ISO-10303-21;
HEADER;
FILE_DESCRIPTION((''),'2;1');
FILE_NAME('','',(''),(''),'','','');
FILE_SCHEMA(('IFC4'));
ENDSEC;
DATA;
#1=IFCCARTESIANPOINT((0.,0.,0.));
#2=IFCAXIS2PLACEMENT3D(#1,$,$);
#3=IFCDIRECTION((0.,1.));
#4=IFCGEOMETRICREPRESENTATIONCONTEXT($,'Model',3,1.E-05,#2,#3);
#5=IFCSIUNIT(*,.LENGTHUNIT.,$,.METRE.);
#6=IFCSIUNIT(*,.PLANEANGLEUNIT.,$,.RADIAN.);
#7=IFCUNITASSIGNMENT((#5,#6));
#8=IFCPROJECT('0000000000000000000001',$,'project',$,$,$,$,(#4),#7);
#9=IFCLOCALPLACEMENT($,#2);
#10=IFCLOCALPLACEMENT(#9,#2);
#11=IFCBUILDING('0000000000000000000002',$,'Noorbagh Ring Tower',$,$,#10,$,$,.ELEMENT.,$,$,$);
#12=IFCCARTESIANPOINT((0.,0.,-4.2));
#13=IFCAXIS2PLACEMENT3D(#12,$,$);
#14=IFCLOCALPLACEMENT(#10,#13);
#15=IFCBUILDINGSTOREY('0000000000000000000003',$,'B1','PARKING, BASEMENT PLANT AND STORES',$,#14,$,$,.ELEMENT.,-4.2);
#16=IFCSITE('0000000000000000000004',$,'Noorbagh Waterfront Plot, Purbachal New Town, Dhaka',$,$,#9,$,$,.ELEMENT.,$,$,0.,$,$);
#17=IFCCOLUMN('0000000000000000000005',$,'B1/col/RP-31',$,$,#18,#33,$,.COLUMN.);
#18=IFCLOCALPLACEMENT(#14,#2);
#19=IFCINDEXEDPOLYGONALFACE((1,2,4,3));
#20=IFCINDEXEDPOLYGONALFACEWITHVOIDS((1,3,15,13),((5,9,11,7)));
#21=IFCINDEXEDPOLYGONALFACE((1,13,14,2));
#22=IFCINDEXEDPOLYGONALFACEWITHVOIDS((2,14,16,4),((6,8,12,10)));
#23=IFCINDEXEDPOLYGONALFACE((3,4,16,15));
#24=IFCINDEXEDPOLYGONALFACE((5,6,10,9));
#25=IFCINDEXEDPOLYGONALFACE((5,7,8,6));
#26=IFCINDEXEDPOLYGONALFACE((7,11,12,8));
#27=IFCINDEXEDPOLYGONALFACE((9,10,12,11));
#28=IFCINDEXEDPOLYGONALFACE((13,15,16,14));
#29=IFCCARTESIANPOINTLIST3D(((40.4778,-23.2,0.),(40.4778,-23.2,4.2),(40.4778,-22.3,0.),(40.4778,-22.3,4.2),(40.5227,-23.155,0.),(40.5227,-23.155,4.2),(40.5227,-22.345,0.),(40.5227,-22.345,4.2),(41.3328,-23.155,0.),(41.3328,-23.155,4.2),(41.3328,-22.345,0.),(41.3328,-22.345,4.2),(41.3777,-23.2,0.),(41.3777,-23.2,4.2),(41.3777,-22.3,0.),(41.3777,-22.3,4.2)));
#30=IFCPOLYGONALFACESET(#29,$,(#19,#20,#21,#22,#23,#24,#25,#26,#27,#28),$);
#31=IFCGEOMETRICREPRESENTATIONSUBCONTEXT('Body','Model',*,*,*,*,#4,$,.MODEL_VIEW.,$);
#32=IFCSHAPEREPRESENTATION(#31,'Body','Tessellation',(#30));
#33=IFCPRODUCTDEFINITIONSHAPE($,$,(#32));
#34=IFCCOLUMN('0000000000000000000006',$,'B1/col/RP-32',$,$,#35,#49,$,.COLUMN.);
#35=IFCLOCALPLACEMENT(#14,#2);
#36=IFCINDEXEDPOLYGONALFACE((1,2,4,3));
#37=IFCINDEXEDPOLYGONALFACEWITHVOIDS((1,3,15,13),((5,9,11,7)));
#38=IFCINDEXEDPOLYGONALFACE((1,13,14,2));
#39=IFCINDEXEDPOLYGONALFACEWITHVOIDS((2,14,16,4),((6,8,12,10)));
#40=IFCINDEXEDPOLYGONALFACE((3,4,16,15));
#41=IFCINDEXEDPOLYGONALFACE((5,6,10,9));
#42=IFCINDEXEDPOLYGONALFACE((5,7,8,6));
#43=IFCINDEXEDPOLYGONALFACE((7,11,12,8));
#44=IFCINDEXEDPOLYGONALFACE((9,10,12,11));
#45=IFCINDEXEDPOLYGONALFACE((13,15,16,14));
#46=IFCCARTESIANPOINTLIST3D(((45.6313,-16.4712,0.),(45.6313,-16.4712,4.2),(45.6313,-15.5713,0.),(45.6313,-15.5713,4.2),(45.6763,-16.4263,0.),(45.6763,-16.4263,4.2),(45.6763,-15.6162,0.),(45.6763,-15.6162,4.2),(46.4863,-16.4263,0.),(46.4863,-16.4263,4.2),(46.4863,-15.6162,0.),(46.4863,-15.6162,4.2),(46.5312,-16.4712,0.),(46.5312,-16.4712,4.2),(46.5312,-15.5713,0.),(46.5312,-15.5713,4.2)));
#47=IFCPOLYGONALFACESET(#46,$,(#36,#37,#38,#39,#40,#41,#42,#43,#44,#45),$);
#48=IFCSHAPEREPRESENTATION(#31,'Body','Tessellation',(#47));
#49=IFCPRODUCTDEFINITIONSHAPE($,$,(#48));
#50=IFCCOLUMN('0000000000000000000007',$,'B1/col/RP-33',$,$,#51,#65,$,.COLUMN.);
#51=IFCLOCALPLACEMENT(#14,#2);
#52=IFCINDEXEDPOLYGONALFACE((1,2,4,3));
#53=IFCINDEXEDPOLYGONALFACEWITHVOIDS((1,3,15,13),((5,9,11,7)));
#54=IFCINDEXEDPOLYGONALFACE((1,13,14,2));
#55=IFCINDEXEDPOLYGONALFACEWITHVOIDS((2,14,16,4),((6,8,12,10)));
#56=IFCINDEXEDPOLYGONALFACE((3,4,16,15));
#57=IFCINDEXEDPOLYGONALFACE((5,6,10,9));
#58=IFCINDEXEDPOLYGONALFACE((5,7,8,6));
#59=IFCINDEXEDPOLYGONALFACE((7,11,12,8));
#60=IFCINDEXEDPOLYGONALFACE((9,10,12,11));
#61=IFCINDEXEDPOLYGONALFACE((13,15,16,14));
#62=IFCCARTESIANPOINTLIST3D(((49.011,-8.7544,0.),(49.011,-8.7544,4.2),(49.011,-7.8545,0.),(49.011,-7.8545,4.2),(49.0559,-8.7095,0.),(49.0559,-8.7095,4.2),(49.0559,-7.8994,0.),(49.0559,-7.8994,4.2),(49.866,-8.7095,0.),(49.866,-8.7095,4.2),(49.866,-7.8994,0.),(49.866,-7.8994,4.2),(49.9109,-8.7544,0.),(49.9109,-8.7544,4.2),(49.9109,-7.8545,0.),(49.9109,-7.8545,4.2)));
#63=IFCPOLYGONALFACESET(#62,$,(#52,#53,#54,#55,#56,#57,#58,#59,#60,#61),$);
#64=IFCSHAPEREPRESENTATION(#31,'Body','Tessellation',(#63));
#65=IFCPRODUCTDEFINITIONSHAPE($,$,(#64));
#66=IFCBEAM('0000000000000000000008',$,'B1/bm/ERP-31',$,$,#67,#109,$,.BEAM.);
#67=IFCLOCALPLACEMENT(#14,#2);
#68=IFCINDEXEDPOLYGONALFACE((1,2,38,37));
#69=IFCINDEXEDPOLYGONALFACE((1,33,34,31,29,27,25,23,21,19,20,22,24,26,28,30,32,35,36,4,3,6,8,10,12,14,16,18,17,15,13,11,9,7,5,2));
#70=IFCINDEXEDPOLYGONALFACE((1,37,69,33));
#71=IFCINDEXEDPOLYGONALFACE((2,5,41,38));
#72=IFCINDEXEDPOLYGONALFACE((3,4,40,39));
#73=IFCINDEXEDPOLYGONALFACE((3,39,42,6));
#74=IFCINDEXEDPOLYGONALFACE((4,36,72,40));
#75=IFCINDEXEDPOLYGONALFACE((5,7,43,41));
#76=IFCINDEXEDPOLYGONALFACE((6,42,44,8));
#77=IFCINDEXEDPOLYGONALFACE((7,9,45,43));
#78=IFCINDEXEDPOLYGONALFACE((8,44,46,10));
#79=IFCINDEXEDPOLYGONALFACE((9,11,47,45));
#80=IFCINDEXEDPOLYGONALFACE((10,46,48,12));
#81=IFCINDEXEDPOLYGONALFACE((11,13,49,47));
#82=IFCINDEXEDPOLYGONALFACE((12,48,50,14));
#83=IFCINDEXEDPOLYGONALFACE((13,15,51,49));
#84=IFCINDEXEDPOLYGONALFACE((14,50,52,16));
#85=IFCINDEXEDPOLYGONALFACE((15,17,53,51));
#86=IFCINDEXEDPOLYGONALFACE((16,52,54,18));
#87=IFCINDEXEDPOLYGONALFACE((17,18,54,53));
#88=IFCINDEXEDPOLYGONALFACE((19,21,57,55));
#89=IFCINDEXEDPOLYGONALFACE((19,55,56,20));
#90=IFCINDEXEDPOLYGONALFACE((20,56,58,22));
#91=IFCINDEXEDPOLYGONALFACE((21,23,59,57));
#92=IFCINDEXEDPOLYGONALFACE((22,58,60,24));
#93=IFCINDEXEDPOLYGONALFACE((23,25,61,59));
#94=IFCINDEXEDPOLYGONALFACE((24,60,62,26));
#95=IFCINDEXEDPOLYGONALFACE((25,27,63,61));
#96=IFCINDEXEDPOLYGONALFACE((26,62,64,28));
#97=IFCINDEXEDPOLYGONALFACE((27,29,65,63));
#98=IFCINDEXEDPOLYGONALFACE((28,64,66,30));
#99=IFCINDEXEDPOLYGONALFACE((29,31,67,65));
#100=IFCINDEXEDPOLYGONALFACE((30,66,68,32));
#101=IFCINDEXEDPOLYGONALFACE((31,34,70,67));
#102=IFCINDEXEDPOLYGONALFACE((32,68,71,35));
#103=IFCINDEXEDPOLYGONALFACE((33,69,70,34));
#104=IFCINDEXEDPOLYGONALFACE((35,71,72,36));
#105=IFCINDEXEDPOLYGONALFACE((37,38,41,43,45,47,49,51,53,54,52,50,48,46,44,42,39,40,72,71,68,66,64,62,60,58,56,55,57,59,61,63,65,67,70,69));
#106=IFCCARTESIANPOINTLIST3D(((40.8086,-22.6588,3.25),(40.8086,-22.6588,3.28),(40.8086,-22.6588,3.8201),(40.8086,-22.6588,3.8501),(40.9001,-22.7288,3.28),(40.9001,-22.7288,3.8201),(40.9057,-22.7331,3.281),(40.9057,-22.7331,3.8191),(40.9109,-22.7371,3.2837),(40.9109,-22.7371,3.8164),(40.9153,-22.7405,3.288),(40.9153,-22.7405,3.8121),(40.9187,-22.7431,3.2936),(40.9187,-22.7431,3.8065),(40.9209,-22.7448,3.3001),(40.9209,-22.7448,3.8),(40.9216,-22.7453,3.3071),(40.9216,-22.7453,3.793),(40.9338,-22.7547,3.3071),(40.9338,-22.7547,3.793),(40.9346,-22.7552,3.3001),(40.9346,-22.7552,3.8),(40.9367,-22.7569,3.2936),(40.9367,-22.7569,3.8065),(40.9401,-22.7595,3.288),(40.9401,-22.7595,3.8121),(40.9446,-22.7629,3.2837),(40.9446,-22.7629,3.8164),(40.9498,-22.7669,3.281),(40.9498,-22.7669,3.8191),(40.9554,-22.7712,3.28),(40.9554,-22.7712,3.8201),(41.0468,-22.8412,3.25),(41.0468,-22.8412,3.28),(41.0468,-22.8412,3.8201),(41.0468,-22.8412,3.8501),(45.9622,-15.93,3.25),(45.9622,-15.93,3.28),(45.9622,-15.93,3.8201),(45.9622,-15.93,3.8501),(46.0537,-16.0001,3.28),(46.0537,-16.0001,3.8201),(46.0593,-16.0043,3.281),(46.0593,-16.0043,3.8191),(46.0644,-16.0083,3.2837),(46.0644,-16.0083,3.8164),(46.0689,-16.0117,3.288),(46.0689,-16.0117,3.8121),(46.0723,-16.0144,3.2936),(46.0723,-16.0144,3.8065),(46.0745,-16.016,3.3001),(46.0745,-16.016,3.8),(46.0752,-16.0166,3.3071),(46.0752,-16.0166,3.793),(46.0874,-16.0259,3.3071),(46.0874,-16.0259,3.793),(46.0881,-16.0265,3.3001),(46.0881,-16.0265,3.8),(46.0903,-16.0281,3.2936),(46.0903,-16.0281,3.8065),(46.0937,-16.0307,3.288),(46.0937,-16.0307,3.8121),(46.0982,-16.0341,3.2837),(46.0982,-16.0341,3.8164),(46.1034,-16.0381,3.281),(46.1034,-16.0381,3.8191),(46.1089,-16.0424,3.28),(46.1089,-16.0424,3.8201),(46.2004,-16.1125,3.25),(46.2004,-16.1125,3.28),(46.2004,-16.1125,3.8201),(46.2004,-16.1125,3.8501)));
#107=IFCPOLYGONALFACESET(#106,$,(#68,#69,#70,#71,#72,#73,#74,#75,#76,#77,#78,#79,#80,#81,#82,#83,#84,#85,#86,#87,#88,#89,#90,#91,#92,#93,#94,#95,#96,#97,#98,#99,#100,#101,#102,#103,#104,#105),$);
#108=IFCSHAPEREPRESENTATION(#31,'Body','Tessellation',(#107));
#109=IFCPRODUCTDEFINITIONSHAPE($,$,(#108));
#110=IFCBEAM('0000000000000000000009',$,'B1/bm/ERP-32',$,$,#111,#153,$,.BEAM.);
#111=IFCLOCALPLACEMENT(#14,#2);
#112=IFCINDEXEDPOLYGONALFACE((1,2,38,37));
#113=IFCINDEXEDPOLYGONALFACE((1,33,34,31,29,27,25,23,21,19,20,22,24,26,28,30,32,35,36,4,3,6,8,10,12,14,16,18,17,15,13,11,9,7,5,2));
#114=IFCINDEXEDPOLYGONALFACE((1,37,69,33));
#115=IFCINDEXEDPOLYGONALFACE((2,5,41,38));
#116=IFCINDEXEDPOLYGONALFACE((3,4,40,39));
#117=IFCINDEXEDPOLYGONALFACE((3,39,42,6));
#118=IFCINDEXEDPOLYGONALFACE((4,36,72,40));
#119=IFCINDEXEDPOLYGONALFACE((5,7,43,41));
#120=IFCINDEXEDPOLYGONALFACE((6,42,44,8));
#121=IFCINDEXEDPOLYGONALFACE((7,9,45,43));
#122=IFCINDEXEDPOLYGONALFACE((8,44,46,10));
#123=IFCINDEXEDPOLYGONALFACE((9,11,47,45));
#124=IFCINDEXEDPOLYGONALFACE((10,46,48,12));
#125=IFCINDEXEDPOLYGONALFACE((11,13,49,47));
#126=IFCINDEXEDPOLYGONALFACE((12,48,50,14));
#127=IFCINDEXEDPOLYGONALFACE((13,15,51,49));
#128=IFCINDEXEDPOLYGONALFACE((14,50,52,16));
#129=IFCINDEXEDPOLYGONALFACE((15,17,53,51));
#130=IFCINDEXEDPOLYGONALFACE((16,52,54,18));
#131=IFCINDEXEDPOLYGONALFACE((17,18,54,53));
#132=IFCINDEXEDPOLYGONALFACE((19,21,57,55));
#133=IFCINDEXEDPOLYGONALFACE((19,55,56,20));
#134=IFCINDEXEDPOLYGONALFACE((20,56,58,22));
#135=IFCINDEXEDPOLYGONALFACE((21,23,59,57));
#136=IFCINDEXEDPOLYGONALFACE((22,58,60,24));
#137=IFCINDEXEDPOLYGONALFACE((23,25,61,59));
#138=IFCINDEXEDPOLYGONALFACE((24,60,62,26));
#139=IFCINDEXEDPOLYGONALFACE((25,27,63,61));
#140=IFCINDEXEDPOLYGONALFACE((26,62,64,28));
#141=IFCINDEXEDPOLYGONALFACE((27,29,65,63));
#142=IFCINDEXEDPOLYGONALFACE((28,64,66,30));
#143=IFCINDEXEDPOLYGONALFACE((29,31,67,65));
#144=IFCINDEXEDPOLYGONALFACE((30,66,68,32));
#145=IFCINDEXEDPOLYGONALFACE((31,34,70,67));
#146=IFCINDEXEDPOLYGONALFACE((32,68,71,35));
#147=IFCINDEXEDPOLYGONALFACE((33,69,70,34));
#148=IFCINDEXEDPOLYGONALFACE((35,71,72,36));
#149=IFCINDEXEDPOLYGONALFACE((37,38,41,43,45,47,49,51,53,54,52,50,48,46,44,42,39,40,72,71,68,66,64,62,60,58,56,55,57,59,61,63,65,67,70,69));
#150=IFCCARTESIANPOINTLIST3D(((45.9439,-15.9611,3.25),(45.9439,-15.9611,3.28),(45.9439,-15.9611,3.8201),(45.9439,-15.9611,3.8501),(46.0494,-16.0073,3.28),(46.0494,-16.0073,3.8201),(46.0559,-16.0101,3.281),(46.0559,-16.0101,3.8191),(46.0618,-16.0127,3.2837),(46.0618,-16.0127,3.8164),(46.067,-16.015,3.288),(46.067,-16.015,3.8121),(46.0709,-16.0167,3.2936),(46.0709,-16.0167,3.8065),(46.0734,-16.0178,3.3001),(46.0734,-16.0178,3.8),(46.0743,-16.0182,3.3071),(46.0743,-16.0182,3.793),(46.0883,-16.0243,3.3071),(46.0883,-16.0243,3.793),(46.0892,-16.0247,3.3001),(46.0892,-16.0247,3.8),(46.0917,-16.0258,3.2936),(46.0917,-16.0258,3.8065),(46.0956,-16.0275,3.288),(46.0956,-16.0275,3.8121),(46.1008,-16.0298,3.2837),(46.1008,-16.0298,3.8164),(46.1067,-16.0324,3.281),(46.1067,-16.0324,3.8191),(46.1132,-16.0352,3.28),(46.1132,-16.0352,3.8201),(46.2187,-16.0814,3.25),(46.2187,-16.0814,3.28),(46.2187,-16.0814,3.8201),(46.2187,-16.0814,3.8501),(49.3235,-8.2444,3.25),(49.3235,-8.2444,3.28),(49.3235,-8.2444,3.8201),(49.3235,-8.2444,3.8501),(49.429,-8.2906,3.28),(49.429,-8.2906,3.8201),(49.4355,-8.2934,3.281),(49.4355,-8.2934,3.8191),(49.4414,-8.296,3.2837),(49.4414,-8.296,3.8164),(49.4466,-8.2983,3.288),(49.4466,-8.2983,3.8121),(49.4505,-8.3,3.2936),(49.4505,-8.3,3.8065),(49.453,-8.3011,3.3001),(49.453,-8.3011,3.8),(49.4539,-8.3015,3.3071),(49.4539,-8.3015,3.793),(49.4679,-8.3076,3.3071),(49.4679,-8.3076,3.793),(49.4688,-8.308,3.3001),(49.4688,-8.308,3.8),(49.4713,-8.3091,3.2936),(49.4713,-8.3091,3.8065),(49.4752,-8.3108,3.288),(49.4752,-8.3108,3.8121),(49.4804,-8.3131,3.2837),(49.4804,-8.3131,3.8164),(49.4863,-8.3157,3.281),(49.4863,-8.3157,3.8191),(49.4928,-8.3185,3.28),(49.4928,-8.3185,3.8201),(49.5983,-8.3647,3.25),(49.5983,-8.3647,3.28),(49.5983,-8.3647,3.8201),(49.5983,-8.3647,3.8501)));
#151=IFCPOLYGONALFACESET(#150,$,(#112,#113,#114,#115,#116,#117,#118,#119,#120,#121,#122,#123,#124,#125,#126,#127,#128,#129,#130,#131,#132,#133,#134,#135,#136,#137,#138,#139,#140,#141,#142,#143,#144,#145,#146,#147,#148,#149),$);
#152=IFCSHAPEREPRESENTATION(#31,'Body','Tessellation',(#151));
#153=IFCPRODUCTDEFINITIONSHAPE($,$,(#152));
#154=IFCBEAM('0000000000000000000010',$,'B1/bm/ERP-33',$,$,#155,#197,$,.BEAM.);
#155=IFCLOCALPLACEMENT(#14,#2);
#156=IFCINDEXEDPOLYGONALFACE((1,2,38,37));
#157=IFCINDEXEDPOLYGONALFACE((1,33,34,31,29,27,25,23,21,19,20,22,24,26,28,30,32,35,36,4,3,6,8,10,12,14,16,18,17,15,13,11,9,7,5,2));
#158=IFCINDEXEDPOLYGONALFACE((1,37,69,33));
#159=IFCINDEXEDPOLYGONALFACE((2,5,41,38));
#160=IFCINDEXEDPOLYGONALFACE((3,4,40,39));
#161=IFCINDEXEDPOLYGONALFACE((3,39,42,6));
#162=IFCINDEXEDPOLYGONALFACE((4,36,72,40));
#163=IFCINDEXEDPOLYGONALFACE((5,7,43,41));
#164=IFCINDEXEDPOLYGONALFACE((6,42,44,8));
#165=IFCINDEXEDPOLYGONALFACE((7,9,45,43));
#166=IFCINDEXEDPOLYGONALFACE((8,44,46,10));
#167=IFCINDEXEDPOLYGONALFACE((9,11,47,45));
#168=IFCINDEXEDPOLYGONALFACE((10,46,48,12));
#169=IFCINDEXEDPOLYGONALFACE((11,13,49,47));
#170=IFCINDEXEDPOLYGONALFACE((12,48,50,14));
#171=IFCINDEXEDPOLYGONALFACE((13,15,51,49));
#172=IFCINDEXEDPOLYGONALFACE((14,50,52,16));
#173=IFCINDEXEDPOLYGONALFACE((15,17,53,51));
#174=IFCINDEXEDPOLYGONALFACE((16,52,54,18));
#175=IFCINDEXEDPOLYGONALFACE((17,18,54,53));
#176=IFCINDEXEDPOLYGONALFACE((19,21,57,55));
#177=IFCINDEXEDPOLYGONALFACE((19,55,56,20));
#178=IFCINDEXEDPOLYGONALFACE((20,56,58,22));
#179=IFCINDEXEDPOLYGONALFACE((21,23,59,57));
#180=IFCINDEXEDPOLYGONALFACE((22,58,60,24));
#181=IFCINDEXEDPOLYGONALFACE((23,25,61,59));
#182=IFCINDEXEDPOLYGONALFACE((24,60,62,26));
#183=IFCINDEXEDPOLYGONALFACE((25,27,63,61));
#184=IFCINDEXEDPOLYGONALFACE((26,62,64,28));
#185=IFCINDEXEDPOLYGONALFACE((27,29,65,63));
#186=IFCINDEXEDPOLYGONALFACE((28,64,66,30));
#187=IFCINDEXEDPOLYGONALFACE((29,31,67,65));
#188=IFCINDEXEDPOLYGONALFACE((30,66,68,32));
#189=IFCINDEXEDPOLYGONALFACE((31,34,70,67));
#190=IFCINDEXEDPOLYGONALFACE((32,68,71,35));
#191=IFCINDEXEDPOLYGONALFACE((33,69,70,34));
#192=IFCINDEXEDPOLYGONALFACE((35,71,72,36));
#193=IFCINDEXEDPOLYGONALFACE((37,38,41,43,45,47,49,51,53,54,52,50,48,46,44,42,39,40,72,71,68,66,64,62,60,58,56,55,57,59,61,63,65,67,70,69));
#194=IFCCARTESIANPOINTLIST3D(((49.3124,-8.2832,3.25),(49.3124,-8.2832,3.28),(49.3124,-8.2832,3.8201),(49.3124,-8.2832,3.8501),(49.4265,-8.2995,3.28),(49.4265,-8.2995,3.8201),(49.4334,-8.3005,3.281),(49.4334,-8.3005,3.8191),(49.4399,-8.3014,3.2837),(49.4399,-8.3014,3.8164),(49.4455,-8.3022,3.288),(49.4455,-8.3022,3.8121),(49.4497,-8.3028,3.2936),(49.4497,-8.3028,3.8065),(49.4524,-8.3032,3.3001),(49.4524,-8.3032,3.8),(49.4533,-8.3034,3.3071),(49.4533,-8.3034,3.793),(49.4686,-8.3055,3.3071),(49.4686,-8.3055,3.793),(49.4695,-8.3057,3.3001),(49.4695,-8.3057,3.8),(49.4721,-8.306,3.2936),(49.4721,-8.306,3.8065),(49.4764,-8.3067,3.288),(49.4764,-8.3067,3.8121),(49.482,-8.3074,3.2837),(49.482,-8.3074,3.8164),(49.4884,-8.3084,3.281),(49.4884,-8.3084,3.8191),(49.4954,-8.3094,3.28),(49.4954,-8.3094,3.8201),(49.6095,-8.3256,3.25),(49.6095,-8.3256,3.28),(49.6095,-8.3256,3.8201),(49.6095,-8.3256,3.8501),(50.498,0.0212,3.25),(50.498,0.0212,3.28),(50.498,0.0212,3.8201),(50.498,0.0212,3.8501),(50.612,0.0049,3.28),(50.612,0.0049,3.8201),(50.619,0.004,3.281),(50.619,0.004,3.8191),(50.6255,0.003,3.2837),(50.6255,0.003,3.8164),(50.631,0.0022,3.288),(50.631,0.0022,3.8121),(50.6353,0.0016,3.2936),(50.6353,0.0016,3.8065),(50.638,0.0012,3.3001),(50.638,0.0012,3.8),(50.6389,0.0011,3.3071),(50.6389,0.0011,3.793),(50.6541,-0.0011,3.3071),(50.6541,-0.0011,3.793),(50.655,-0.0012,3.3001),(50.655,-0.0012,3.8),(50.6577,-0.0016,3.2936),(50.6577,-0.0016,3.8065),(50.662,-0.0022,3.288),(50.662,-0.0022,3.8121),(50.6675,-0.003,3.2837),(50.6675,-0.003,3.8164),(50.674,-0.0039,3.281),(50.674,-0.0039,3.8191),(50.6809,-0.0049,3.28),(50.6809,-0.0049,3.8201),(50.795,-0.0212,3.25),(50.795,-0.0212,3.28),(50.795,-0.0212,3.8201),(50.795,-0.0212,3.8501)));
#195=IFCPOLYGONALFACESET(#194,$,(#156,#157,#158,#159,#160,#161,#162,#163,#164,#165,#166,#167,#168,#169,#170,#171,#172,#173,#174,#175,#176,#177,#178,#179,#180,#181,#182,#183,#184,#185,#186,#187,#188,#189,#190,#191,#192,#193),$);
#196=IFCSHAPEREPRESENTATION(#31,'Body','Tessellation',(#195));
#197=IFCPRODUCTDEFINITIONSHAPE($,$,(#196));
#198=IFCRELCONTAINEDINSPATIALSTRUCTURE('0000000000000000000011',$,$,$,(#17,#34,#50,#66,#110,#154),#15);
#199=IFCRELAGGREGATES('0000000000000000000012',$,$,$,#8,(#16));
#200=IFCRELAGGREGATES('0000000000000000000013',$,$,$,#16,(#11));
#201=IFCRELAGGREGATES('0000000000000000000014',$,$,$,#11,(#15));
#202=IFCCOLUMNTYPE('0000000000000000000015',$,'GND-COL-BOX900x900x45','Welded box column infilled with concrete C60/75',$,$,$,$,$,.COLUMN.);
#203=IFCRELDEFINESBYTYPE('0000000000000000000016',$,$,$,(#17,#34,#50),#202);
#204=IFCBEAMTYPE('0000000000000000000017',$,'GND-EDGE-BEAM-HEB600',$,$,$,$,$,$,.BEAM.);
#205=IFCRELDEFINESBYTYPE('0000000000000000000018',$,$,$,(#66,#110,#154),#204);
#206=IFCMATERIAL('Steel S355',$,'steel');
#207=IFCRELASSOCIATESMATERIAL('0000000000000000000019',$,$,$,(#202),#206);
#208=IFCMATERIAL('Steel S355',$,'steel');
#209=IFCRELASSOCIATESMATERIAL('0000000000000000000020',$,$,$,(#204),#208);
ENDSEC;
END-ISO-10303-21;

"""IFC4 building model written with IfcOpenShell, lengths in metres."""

from ifc_helpers import new_model, si_unit, direction, frame, origin, origin_2d, place, context, subcontext, project, spatial, hollow_rectangle, i_section, extrude, material, material_profile, profile_set, type_object, element, save


model = new_model("IFC4")

# Units and contexts
model_context = context("Model", 3, precision=1e-05, world=origin(), true_north=direction((0.0, 1.0)))
body_context = subcontext(model_context, "Body", "Model", "MODEL_VIEW")
ifc_project = project(units=[si_unit("LENGTHUNIT", "METRE"), si_unit("PLANEANGLEUNIT", "RADIAN")], contexts=[model_context])

# Site, building, storey
site_placement = place(None, origin())
site = spatial("IfcSite", under=ifc_project, at=site_placement, Name="Noorbagh Waterfront Plot, Purbachal New Town, Dhaka", CompositionType="ELEMENT", RefElevation=0.0)
building_placement = place(site_placement, origin())
building = spatial("IfcBuilding", under=site, at=building_placement, Name="Noorbagh Ring Tower", CompositionType="ELEMENT")
storey_placement = place(building_placement, frame((0.0, 0.0, -4.2)))
storey = spatial("IfcBuildingStorey", under=building, at=storey_placement, Name="B1", Description="PARKING, BASEMENT PLANT AND STORES", CompositionType="ELEMENT", Elevation=-4.2)

# Columns
ifc_material_1 = material(Name="Steel S355", Category="steel")
ifc_material_profile_1 = material_profile(ifc_material_1, hollow_rectangle(XDim=0.8999, YDim=0.8999, WallThickness=0.0449, at=origin_2d()), Name="BOX900x900x45")
ifc_profile_set_1 = profile_set([ifc_material_profile_1], Name="Steel S355")
column_type = type_object("IfcColumnType", Name="GND-COL-BOX900x900x45", Description="Welded box column infilled with concrete C60/75", PredefinedType="COLUMN", material=ifc_profile_set_1)
for number, where, z_axis, x_axis, name in (
    (1, (40.9277, -22.75, 0.0), (0.0, 0.0, 1.0), (1.0, 0.0, 0.0), "B1/col/RP-31"),
    (2, (46.0813, -16.0212, 0.0), (0.0, 0.0, 1.0), (1.0, 0.0, 0.0), "B1/col/RP-32"),
    (3, (49.4609, -8.3044, 0.0), (0.0, 0.0, 1.0), (1.0, 0.0, 0.0), "B1/col/RP-33"),
):
    element("IfcColumn", number, at=place(storey_placement, frame(where, z_axis=z_axis, x_axis=x_axis)), inside=storey, type_object=column_type, Name=name, PredefinedType="COLUMN", context=body_context, shape_type="SweptSolid", body=[
        extrude(hollow_rectangle(XDim=0.8999, YDim=0.8999, WallThickness=0.0449, at=origin_2d()), origin(), (0.0, 0.0, 1.0), 4.2),
    ])

# Beams
ifc_material_2 = material(Name="Steel S355", Category="steel")
ifc_material_profile_2 = material_profile(ifc_material_2, i_section(OverallWidth=0.3, OverallDepth=0.6001, WebThickness=0.0154, FlangeThickness=0.03, FilletRadius=0.0271, at=origin_2d()), Name="HEB600")
ifc_profile_set_2 = profile_set([ifc_material_profile_2], Name="Steel S355")
beam_type_1 = type_object("IfcBeamType", Name="GND-EDGE-BEAM-HEB600", PredefinedType="BEAM", material=ifc_profile_set_2)
beam_1_placement = place(storey_placement, frame((40.9277, -22.75, 3.55), z_axis=(0.608049, 0.7939, 0.0), x_axis=(-0.7939, 0.608049, 0.0)))
element("IfcBeam", 4, at=beam_1_placement, inside=storey, type_object=beam_type_1, Name="B1/bm/ERP-31", PredefinedType="BEAM", context=body_context, shape_type="SweptSolid", body=[
    extrude(i_section(OverallWidth=0.3, OverallDepth=0.6001, WebThickness=0.0154, FlangeThickness=0.03, FilletRadius=0.0271, at=origin_2d()), origin(), (0.0, 0.0, 1.0), 8.4756),
])
beam_2_placement = place(storey_placement, frame((46.0813, -16.0212, 3.55), z_axis=(0.401172, 0.916003, 0.0), x_axis=(-0.916003, 0.401172, 0.0)))
element("IfcBeam", 5, at=beam_2_placement, inside=storey, type_object=beam_type_1, Name="B1/bm/ERP-32", PredefinedType="BEAM", context=body_context, shape_type="SweptSolid", body=[
    extrude(i_section(OverallWidth=0.3, OverallDepth=0.6001, WebThickness=0.0154, FlangeThickness=0.03, FilletRadius=0.0271, at=origin_2d()), origin(), (0.0, 0.0, 1.0), 8.4243),
])
beam_3_placement = place(storey_placement, frame((49.4609, -8.3044, 3.55), z_axis=(0.141328, 0.989963, 0.0), x_axis=(-0.989963, 0.141328, 0.0)))
element("IfcBeam", 6, at=beam_3_placement, inside=storey, type_object=beam_type_1, Name="B1/bm/ERP-33", PredefinedType="BEAM", context=body_context, shape_type="SweptSolid", body=[
    extrude(i_section(OverallWidth=0.3, OverallDepth=0.6001, WebThickness=0.0154, FlangeThickness=0.03, FilletRadius=0.0271, at=origin_2d()), origin(), (0.0, 0.0, 1.0), 8.3887),
])

save(model, "model.ifc")
